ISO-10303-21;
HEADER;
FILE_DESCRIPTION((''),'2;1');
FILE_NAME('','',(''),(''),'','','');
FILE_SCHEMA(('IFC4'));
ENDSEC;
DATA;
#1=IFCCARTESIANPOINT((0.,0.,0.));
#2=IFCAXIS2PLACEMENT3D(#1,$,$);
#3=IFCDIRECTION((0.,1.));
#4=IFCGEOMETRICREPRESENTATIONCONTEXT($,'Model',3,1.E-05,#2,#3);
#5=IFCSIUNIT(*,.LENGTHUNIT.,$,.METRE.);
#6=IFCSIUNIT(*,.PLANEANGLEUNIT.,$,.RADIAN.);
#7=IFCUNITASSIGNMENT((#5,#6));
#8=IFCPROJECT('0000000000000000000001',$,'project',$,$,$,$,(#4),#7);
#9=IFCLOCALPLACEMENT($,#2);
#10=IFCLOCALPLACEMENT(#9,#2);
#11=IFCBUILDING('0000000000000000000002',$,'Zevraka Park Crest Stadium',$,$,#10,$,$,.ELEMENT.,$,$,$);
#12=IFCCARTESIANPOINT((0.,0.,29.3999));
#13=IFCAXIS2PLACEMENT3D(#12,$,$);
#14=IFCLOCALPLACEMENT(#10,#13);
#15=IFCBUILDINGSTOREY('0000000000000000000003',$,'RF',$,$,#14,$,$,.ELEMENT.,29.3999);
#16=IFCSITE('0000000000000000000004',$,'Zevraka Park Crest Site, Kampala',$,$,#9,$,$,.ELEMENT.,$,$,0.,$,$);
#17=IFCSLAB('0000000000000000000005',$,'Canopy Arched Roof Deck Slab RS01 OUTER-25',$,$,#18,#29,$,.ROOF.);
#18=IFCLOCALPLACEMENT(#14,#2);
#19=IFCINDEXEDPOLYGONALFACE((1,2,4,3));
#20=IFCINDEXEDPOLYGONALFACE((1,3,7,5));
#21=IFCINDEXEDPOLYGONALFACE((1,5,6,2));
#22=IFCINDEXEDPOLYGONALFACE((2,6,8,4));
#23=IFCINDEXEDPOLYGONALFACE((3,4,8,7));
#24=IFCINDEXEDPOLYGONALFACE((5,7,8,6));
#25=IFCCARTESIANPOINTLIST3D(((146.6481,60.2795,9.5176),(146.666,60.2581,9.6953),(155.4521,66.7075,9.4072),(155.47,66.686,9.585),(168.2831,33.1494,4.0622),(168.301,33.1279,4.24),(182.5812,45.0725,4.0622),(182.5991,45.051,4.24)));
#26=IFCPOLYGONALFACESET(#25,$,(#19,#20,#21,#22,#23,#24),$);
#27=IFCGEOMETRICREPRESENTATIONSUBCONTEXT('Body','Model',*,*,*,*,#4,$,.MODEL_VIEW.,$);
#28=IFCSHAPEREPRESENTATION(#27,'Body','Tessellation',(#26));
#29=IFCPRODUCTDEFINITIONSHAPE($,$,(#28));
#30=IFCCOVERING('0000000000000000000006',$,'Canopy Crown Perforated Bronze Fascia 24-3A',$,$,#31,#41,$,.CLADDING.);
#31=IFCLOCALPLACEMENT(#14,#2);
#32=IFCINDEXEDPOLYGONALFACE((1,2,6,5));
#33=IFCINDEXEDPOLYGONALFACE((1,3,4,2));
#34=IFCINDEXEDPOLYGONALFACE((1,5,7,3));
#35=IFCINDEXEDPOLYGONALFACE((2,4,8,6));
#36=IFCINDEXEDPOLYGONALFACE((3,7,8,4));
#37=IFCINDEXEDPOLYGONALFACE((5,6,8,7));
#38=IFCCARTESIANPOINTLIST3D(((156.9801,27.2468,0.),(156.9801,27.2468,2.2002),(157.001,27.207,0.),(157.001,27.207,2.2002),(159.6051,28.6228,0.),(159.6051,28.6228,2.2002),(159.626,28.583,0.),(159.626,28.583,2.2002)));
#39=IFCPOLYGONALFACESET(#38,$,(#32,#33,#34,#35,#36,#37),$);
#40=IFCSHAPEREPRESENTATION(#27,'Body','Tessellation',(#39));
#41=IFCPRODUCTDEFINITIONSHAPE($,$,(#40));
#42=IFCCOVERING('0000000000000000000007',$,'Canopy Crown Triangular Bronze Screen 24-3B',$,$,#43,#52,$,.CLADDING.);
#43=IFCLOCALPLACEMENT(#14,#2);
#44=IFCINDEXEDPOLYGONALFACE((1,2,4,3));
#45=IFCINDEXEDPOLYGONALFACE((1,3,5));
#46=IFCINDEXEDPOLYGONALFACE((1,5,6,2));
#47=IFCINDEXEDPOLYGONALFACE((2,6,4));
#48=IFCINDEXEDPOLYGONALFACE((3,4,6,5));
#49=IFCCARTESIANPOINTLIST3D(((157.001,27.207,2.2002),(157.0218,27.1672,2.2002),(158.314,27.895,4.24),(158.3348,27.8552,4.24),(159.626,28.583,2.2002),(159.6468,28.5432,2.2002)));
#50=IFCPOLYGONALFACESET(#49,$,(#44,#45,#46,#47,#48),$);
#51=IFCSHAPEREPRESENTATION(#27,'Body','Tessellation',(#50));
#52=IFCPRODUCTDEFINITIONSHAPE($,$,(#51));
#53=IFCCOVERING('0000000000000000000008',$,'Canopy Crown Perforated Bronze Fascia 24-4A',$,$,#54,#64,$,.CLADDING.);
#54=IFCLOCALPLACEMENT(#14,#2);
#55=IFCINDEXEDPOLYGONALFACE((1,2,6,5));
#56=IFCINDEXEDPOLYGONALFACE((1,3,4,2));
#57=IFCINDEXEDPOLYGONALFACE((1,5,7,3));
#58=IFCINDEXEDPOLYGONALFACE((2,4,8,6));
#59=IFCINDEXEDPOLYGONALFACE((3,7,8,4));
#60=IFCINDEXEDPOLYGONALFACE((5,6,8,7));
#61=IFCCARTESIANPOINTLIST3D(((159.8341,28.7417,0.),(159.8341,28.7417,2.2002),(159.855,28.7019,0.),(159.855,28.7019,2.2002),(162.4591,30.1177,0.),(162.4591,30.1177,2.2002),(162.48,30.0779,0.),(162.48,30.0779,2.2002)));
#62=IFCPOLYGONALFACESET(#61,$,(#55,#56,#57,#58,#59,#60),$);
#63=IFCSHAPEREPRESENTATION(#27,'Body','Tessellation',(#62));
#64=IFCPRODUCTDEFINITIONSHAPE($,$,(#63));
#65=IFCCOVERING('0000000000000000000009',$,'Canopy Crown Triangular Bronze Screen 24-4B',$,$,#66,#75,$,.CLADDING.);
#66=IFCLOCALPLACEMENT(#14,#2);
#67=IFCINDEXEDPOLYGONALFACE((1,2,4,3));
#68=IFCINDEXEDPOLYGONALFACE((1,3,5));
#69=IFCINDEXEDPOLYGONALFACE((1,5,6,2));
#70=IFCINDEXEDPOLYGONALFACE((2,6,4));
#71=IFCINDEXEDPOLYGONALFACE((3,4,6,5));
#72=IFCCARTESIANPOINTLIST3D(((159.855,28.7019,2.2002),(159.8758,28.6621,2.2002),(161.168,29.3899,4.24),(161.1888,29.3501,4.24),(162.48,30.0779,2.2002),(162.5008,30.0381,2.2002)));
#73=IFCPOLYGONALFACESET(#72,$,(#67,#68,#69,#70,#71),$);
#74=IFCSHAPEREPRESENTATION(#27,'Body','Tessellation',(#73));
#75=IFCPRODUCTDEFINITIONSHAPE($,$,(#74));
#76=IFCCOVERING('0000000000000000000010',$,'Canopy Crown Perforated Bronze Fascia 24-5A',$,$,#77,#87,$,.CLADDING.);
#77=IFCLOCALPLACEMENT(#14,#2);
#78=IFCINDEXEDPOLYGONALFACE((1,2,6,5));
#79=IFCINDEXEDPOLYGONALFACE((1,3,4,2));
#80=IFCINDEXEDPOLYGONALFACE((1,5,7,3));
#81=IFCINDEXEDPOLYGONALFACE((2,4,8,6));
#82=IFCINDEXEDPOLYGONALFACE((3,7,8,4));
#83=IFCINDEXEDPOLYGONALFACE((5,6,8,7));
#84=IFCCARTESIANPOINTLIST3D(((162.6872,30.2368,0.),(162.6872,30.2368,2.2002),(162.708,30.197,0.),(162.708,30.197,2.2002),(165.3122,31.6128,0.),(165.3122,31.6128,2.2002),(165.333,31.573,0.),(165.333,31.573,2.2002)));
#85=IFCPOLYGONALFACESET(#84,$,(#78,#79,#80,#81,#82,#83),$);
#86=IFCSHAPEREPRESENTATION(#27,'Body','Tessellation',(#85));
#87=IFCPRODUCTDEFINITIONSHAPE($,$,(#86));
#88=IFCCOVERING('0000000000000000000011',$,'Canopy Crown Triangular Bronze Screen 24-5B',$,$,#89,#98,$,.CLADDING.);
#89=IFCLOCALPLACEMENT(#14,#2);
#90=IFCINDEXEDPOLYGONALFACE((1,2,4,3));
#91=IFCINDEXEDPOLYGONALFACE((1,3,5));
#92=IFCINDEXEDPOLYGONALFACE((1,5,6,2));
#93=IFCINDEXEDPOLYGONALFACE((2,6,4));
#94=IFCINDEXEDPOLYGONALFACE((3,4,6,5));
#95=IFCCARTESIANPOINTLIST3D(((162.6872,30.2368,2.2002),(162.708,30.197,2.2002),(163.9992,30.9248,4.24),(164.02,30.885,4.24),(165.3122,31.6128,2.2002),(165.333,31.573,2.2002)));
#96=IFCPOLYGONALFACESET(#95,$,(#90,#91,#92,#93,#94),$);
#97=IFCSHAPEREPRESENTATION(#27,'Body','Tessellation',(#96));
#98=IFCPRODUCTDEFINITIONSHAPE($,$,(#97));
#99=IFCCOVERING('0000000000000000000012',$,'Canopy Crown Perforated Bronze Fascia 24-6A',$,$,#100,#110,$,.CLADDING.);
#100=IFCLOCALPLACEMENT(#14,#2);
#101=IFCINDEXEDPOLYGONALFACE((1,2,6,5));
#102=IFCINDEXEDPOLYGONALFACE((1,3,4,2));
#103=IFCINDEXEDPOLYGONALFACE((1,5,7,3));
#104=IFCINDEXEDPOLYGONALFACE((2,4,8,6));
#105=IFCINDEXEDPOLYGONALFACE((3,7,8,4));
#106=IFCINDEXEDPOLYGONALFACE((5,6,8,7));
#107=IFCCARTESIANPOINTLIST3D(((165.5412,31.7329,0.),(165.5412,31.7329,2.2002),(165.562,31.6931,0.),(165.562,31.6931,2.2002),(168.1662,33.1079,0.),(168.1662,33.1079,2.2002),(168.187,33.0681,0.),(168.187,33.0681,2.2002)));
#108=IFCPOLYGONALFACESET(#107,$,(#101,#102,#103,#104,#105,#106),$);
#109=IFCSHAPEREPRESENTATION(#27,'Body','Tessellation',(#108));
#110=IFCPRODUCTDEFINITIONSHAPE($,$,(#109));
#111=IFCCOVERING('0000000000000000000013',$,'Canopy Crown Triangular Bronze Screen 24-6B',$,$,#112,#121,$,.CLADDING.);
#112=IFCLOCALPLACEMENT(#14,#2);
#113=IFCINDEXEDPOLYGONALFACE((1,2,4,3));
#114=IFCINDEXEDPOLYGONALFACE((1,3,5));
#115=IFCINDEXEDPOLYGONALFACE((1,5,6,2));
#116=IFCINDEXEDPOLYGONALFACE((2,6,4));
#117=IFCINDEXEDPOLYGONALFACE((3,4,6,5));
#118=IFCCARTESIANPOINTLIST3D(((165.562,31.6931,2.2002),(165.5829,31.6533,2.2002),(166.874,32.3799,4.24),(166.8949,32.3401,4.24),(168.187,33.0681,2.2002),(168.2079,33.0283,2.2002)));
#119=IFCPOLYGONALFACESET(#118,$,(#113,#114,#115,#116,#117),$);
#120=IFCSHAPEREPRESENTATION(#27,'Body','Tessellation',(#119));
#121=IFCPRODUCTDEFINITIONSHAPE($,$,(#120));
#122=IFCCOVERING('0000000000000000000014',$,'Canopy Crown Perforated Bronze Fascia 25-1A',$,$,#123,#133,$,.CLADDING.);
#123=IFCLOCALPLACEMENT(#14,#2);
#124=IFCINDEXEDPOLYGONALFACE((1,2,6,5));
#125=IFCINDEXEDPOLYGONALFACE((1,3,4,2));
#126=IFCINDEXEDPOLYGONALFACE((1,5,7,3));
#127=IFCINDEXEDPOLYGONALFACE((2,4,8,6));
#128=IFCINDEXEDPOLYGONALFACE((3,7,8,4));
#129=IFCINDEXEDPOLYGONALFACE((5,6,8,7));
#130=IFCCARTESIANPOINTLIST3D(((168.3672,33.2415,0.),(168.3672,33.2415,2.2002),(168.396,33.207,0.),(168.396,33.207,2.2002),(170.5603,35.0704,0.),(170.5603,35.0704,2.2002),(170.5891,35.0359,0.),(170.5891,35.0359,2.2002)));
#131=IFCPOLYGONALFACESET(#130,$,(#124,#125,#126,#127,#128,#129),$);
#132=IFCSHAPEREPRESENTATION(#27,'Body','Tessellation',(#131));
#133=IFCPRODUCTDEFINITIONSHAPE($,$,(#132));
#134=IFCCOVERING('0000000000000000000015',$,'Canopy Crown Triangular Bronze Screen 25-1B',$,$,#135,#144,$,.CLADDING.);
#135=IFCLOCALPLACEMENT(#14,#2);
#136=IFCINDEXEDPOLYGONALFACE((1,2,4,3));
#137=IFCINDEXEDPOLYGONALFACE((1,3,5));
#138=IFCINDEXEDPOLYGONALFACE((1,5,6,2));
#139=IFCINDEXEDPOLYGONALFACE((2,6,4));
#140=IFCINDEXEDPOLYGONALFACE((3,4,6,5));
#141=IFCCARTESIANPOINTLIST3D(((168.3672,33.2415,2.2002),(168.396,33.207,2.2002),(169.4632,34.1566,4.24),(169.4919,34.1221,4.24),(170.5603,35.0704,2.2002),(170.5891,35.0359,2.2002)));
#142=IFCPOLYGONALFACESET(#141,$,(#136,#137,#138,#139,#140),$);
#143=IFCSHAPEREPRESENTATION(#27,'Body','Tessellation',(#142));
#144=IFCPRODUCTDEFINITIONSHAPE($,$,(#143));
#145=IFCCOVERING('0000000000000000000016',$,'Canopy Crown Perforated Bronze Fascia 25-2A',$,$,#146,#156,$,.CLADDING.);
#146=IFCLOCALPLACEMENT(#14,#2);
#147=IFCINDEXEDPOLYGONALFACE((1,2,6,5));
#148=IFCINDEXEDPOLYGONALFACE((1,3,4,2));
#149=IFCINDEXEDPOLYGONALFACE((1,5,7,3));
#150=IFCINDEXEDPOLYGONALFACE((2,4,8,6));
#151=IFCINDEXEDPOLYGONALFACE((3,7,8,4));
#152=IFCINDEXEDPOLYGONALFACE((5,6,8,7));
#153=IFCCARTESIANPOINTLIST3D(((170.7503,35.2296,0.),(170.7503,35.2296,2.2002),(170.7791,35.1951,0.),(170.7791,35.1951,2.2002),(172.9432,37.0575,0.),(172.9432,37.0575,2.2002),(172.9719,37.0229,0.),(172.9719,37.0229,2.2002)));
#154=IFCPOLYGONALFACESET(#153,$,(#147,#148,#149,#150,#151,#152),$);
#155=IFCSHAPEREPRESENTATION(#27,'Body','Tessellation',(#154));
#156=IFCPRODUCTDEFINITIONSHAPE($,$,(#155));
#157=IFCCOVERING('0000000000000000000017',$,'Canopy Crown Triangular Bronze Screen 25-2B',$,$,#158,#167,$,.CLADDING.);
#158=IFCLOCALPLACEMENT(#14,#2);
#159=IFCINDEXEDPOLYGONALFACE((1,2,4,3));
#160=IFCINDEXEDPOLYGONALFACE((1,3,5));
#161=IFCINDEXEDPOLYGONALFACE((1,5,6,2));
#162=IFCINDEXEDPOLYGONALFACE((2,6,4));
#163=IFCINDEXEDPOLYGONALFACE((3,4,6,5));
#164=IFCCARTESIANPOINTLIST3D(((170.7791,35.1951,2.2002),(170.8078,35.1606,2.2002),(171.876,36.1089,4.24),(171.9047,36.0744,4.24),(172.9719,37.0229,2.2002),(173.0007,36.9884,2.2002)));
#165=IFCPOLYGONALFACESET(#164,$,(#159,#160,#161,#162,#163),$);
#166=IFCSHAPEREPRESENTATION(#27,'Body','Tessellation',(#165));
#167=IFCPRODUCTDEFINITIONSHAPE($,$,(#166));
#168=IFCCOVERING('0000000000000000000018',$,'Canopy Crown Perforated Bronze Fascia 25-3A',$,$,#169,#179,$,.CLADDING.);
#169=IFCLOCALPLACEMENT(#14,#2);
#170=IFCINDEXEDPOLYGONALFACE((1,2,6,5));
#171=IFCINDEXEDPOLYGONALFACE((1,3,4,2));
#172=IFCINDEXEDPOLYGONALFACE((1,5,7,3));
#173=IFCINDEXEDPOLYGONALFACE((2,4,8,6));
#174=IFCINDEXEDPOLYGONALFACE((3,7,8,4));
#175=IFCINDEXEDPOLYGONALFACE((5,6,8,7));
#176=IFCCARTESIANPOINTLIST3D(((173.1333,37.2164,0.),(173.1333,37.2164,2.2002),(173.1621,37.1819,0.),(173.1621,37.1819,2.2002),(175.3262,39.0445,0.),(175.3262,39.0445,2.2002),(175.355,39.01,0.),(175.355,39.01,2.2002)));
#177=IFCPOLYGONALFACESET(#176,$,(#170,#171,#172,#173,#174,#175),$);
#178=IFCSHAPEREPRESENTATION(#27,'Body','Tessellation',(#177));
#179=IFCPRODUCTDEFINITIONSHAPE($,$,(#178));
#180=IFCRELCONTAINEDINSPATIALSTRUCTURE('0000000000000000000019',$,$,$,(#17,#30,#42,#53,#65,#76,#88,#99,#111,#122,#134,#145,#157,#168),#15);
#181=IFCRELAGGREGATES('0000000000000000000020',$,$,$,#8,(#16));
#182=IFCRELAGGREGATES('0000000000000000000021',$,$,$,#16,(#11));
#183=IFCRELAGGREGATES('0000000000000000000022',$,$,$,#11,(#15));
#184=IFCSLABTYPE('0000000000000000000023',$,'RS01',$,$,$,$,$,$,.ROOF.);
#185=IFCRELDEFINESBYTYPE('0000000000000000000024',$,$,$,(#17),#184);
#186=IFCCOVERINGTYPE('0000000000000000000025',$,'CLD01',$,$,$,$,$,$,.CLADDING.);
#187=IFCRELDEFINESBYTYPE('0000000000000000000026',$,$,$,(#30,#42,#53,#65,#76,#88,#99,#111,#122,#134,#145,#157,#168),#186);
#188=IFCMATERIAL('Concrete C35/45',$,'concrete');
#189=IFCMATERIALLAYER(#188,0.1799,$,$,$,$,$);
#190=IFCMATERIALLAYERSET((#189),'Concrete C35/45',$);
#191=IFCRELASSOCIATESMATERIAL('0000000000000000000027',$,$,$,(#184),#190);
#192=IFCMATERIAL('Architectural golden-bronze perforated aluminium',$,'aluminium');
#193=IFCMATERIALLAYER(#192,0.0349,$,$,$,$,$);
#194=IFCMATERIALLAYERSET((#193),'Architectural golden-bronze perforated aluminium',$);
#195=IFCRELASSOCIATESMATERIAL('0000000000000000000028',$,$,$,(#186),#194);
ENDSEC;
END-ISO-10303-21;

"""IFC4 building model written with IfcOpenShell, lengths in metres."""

from ifc_helpers import new_model, si_unit, direction, frame, origin, place, context, subcontext, project, spatial, polyline, outline, extrude, material, layer, layer_set, type_object, element, save


model = new_model("IFC4")

# Units and contexts
model_context = context("Model", 3, precision=1e-05, world=origin(), true_north=direction((0.0, 1.0)))
body_context = subcontext(model_context, "Body", "Model", "MODEL_VIEW")
ifc_project = project(units=[si_unit("LENGTHUNIT", "METRE"), si_unit("PLANEANGLEUNIT", "RADIAN")], contexts=[model_context])

# Site, building, storey
site_placement = place(None, origin())
site = spatial("IfcSite", under=ifc_project, at=site_placement, Name="Zevraka Park Crest Site, Kampala", CompositionType="ELEMENT", RefElevation=0.0)
building_placement = place(site_placement, origin())
building = spatial("IfcBuilding", under=site, at=building_placement, Name="Zevraka Park Crest Stadium", CompositionType="ELEMENT")
storey_placement = place(building_placement, frame((0.0, 0.0, 29.3999)))
storey = spatial("IfcBuildingStorey", under=building, at=storey_placement, Name="RF", CompositionType="ELEMENT", Elevation=29.3999)

# Slab
ifc_material_1 = material(Name="Concrete C35/45", Category="concrete")
ifc_layer_1 = layer(ifc_material_1, 0.1799)
ifc_layer_set_1 = layer_set([ifc_layer_1], Name="Concrete C35/45")
slab_type = type_object("IfcSlabType", Name="RS01", PredefinedType="ROOF", material=ifc_layer_set_1)
slab_placement = place(storey_placement, frame((168.301, 33.1279, 4.24), z_axis=(0.099487, -0.119303, 0.987861), x_axis=(0.768009, 0.640439, -0.000001)))
element("IfcSlab", 1, at=slab_placement, inside=storey, type_object=slab_type, Name="Canopy Arched Roof Deck Slab RS01 OUTER-25", PredefinedType="ROOF", context=body_context, shape_type="SweptSolid", body=[
    extrude(outline(polyline([(0.0, 0.0), (18.6171, 0.0), (11.6375, 34.4081), (0.7593, 35.1184), (0.0, 0.0)])), origin(), (0.0, 0.0, -1.0), 0.1799),
])

# Coverings
ifc_material_2 = material(Name="Architectural golden-bronze perforated aluminium", Category="aluminium")
ifc_layer_2 = layer(ifc_material_2, 0.0349)
ifc_layer_set_2 = layer_set([ifc_layer_2], Name="Architectural golden-bronze perforated aluminium")
covering_type_1 = type_object("IfcCoveringType", Name="CLD01", PredefinedType="CLADDING", material=ifc_layer_set_2)
covering_1_placement = place(storey_placement, frame((157.001, 27.207, 0.0), z_axis=(0.464266, -0.885696, 0.0), x_axis=(0.885696, 0.464266, 0.0)))
element("IfcCovering", 2, at=covering_1_placement, inside=storey, type_object=covering_type_1, Name="Canopy Crown Perforated Bronze Fascia 24-3A", PredefinedType="CLADDING", context=body_context, shape_type="SweptSolid", body=[
    extrude(outline(polyline([(0.0, 0.0), (2.9638, 0.0), (2.9638, 2.2002), (0.0, 2.2002), (0.0, 0.0)])), origin(), (0.0, 0.0, -1.0), 0.0449),
])
covering_2_placement = place(storey_placement, frame((157.001, 27.207, 2.2002), z_axis=(-0.464266, 0.885696, 0.000111), x_axis=(0.885696, 0.464266, 0.0)))
element("IfcCovering", 3, at=covering_2_placement, inside=storey, type_object=covering_type_1, Name="Canopy Crown Triangular Bronze Screen 24-3B", PredefinedType="CLADDING", context=body_context, shape_type="SweptSolid", body=[
    extrude(outline(polyline([(0.0, 0.0), (2.9638, 0.0), (1.4823, -2.0398), (0.0, 0.0)])), origin(), (0.0, 0.0, -1.0), 0.0449),
])
covering_3_placement = place(storey_placement, frame((159.855, 28.7019, 0.0), z_axis=(0.464266, -0.885696, 0.0), x_axis=(0.885696, 0.464266, 0.0)))
element("IfcCovering", 4, at=covering_3_placement, inside=storey, type_object=covering_type_1, Name="Canopy Crown Perforated Bronze Fascia 24-4A", PredefinedType="CLADDING", context=body_context, shape_type="SweptSolid", body=[
    extrude(outline(polyline([(0.0, 0.0), (2.9638, 0.0), (2.9638, 2.2002), (0.0, 2.2002), (0.0, 0.0)])), origin(), (0.0, 0.0, -1.0), 0.0449),
])
covering_4_placement = place(storey_placement, frame((159.855, 28.7019, 2.2002), z_axis=(-0.464266, 0.885696, 0.000111), x_axis=(0.885696, 0.464266, 0.0)))
element("IfcCovering", 5, at=covering_4_placement, inside=storey, type_object=covering_type_1, Name="Canopy Crown Triangular Bronze Screen 24-4B", PredefinedType="CLADDING", context=body_context, shape_type="SweptSolid", body=[
    extrude(outline(polyline([(0.0, 0.0), (2.9638, 0.0), (1.4823, -2.0398), (0.0, 0.0)])), origin(), (0.0, 0.0, -1.0), 0.0449),
])
covering_5_placement = place(storey_placement, frame((162.708, 30.197, 0.0), z_axis=(0.464266, -0.885696, 0.0), x_axis=(0.885696, 0.464266, 0.0)))
element("IfcCovering", 6, at=covering_5_placement, inside=storey, type_object=covering_type_1, Name="Canopy Crown Perforated Bronze Fascia 24-5A", PredefinedType="CLADDING", context=body_context, shape_type="SweptSolid", body=[
    extrude(outline(polyline([(0.0, 0.0), (2.9638, 0.0), (2.9638, 2.2002), (0.0, 2.2002), (0.0, 0.0)])), origin(), (0.0, 0.0, -1.0), 0.0449),
])
covering_6_placement = place(storey_placement, frame((162.708, 30.197, 2.2002), z_axis=(0.464266, -0.885696, 0.000111), x_axis=(0.885696, 0.464266, 0.0)))
element("IfcCovering", 7, at=covering_6_placement, inside=storey, type_object=covering_type_1, Name="Canopy Crown Triangular Bronze Screen 24-5B", PredefinedType="CLADDING", context=body_context, shape_type="SweptSolid", body=[
    extrude(outline(polyline([(0.0, 0.0), (2.9638, 0.0), (1.4815, 2.0398), (0.0, 0.0)])), origin(), (0.0, 0.0, -1.0), 0.0449),
])
covering_7_placement = place(storey_placement, frame((165.562, 31.6931, 0.0), z_axis=(0.464007, -0.885832, 0.0), x_axis=(0.885832, 0.464007, 0.0)))
element("IfcCovering", 8, at=covering_7_placement, inside=storey, type_object=covering_type_1, Name="Canopy Crown Perforated Bronze Fascia 24-6A", PredefinedType="CLADDING", context=body_context, shape_type="SweptSolid", body=[
    extrude(outline(polyline([(0.0, 0.0), (2.9633, 0.0), (2.9633, 2.2002), (0.0, 2.2002), (0.0, 0.0)])), origin(), (0.0, 0.0, -1.0), 0.0449),
])
covering_8_placement = place(storey_placement, frame((165.562, 31.6931, 2.2002), z_axis=(-0.464007, 0.885832, 0.000207), x_axis=(0.885832, 0.464007, 0.0)))
element("IfcCovering", 9, at=covering_8_placement, inside=storey, type_object=covering_type_1, Name="Canopy Crown Triangular Bronze Screen 24-6B", PredefinedType="CLADDING", context=body_context, shape_type="SweptSolid", body=[
    extrude(outline(polyline([(0.0, 0.0), (2.9633, 0.0), (1.4809, -2.0398), (0.0, 0.0)])), origin(), (0.0, 0.0, -1.0), 0.0449),
])
covering_9_placement = place(storey_placement, frame((168.396, 33.207, 0.0), z_axis=(0.640445, -0.768004, 0.0), x_axis=(0.768004, 0.640445, 0.0)))
element("IfcCovering", 10, at=covering_9_placement, inside=storey, type_object=covering_type_1, Name="Canopy Crown Perforated Bronze Fascia 25-1A", PredefinedType="CLADDING", context=body_context, shape_type="SweptSolid", body=[
    extrude(outline(polyline([(0.0, 0.0), (2.8556, 0.0), (2.8556, 2.2002), (0.0, 2.2002), (0.0, 0.0)])), origin(), (0.0, 0.0, -1.0), 0.0449),
])
covering_10_placement = place(storey_placement, frame((168.396, 33.207, 2.2002), z_axis=(0.640445, -0.768004, 0.000421), x_axis=(0.768004, 0.640445, 0.0)))
element("IfcCovering", 11, at=covering_10_placement, inside=storey, type_object=covering_type_1, Name="Canopy Crown Triangular Bronze Screen 25-1B", PredefinedType="CLADDING", context=body_context, shape_type="SweptSolid", body=[
    extrude(outline(polyline([(0.0, 0.0), (2.8556, 0.0), (1.4277, 2.0398), (0.0, 0.0)])), origin(), (0.0, 0.0, -1.0), 0.0449),
])
covering_11_placement = place(storey_placement, frame((170.7791, 35.1951, 0.0), z_axis=(0.640285, -0.768137, 0.0), x_axis=(0.768137, 0.640285, 0.0)))
element("IfcCovering", 12, at=covering_11_placement, inside=storey, type_object=covering_type_1, Name="Canopy Crown Perforated Bronze Fascia 25-2A", PredefinedType="CLADDING", context=body_context, shape_type="SweptSolid", body=[
    extrude(outline(polyline([(0.0, 0.0), (2.8548, 0.0), (2.8548, 2.2002), (0.0, 2.2002), (0.0, 0.0)])), origin(), (0.0, 0.0, -1.0), 0.0449),
])
covering_12_placement = place(storey_placement, frame((170.7791, 35.1951, 2.2002), z_axis=(-0.640285, 0.768137, 0.000199), x_axis=(0.768137, 0.640285, 0.0)))
element("IfcCovering", 13, at=covering_12_placement, inside=storey, type_object=covering_type_1, Name="Canopy Crown Triangular Bronze Screen 25-2B", PredefinedType="CLADDING", context=body_context, shape_type="SweptSolid", body=[
    extrude(outline(polyline([(0.0, 0.0), (2.8548, 0.0), (1.4277, -2.0398), (0.0, 0.0)])), origin(), (0.0, 0.0, -1.0), 0.0449),
])
covering_13_placement = place(storey_placement, frame((173.1621, 37.1819, 0.0), z_axis=(0.640336, -0.768095, 0.0), x_axis=(0.768095, 0.640336, 0.0)))
element("IfcCovering", 14, at=covering_13_placement, inside=storey, type_object=covering_type_1, Name="Canopy Crown Perforated Bronze Fascia 25-3A", PredefinedType="CLADDING", context=body_context, shape_type="SweptSolid", body=[
    extrude(outline(polyline([(0.0, 0.0), (2.8549, 0.0), (2.8549, 2.2002), (0.0, 2.2002), (0.0, 0.0)])), origin(), (0.0, 0.0, -1.0), 0.0449),
])

save(model, "model.ifc")
